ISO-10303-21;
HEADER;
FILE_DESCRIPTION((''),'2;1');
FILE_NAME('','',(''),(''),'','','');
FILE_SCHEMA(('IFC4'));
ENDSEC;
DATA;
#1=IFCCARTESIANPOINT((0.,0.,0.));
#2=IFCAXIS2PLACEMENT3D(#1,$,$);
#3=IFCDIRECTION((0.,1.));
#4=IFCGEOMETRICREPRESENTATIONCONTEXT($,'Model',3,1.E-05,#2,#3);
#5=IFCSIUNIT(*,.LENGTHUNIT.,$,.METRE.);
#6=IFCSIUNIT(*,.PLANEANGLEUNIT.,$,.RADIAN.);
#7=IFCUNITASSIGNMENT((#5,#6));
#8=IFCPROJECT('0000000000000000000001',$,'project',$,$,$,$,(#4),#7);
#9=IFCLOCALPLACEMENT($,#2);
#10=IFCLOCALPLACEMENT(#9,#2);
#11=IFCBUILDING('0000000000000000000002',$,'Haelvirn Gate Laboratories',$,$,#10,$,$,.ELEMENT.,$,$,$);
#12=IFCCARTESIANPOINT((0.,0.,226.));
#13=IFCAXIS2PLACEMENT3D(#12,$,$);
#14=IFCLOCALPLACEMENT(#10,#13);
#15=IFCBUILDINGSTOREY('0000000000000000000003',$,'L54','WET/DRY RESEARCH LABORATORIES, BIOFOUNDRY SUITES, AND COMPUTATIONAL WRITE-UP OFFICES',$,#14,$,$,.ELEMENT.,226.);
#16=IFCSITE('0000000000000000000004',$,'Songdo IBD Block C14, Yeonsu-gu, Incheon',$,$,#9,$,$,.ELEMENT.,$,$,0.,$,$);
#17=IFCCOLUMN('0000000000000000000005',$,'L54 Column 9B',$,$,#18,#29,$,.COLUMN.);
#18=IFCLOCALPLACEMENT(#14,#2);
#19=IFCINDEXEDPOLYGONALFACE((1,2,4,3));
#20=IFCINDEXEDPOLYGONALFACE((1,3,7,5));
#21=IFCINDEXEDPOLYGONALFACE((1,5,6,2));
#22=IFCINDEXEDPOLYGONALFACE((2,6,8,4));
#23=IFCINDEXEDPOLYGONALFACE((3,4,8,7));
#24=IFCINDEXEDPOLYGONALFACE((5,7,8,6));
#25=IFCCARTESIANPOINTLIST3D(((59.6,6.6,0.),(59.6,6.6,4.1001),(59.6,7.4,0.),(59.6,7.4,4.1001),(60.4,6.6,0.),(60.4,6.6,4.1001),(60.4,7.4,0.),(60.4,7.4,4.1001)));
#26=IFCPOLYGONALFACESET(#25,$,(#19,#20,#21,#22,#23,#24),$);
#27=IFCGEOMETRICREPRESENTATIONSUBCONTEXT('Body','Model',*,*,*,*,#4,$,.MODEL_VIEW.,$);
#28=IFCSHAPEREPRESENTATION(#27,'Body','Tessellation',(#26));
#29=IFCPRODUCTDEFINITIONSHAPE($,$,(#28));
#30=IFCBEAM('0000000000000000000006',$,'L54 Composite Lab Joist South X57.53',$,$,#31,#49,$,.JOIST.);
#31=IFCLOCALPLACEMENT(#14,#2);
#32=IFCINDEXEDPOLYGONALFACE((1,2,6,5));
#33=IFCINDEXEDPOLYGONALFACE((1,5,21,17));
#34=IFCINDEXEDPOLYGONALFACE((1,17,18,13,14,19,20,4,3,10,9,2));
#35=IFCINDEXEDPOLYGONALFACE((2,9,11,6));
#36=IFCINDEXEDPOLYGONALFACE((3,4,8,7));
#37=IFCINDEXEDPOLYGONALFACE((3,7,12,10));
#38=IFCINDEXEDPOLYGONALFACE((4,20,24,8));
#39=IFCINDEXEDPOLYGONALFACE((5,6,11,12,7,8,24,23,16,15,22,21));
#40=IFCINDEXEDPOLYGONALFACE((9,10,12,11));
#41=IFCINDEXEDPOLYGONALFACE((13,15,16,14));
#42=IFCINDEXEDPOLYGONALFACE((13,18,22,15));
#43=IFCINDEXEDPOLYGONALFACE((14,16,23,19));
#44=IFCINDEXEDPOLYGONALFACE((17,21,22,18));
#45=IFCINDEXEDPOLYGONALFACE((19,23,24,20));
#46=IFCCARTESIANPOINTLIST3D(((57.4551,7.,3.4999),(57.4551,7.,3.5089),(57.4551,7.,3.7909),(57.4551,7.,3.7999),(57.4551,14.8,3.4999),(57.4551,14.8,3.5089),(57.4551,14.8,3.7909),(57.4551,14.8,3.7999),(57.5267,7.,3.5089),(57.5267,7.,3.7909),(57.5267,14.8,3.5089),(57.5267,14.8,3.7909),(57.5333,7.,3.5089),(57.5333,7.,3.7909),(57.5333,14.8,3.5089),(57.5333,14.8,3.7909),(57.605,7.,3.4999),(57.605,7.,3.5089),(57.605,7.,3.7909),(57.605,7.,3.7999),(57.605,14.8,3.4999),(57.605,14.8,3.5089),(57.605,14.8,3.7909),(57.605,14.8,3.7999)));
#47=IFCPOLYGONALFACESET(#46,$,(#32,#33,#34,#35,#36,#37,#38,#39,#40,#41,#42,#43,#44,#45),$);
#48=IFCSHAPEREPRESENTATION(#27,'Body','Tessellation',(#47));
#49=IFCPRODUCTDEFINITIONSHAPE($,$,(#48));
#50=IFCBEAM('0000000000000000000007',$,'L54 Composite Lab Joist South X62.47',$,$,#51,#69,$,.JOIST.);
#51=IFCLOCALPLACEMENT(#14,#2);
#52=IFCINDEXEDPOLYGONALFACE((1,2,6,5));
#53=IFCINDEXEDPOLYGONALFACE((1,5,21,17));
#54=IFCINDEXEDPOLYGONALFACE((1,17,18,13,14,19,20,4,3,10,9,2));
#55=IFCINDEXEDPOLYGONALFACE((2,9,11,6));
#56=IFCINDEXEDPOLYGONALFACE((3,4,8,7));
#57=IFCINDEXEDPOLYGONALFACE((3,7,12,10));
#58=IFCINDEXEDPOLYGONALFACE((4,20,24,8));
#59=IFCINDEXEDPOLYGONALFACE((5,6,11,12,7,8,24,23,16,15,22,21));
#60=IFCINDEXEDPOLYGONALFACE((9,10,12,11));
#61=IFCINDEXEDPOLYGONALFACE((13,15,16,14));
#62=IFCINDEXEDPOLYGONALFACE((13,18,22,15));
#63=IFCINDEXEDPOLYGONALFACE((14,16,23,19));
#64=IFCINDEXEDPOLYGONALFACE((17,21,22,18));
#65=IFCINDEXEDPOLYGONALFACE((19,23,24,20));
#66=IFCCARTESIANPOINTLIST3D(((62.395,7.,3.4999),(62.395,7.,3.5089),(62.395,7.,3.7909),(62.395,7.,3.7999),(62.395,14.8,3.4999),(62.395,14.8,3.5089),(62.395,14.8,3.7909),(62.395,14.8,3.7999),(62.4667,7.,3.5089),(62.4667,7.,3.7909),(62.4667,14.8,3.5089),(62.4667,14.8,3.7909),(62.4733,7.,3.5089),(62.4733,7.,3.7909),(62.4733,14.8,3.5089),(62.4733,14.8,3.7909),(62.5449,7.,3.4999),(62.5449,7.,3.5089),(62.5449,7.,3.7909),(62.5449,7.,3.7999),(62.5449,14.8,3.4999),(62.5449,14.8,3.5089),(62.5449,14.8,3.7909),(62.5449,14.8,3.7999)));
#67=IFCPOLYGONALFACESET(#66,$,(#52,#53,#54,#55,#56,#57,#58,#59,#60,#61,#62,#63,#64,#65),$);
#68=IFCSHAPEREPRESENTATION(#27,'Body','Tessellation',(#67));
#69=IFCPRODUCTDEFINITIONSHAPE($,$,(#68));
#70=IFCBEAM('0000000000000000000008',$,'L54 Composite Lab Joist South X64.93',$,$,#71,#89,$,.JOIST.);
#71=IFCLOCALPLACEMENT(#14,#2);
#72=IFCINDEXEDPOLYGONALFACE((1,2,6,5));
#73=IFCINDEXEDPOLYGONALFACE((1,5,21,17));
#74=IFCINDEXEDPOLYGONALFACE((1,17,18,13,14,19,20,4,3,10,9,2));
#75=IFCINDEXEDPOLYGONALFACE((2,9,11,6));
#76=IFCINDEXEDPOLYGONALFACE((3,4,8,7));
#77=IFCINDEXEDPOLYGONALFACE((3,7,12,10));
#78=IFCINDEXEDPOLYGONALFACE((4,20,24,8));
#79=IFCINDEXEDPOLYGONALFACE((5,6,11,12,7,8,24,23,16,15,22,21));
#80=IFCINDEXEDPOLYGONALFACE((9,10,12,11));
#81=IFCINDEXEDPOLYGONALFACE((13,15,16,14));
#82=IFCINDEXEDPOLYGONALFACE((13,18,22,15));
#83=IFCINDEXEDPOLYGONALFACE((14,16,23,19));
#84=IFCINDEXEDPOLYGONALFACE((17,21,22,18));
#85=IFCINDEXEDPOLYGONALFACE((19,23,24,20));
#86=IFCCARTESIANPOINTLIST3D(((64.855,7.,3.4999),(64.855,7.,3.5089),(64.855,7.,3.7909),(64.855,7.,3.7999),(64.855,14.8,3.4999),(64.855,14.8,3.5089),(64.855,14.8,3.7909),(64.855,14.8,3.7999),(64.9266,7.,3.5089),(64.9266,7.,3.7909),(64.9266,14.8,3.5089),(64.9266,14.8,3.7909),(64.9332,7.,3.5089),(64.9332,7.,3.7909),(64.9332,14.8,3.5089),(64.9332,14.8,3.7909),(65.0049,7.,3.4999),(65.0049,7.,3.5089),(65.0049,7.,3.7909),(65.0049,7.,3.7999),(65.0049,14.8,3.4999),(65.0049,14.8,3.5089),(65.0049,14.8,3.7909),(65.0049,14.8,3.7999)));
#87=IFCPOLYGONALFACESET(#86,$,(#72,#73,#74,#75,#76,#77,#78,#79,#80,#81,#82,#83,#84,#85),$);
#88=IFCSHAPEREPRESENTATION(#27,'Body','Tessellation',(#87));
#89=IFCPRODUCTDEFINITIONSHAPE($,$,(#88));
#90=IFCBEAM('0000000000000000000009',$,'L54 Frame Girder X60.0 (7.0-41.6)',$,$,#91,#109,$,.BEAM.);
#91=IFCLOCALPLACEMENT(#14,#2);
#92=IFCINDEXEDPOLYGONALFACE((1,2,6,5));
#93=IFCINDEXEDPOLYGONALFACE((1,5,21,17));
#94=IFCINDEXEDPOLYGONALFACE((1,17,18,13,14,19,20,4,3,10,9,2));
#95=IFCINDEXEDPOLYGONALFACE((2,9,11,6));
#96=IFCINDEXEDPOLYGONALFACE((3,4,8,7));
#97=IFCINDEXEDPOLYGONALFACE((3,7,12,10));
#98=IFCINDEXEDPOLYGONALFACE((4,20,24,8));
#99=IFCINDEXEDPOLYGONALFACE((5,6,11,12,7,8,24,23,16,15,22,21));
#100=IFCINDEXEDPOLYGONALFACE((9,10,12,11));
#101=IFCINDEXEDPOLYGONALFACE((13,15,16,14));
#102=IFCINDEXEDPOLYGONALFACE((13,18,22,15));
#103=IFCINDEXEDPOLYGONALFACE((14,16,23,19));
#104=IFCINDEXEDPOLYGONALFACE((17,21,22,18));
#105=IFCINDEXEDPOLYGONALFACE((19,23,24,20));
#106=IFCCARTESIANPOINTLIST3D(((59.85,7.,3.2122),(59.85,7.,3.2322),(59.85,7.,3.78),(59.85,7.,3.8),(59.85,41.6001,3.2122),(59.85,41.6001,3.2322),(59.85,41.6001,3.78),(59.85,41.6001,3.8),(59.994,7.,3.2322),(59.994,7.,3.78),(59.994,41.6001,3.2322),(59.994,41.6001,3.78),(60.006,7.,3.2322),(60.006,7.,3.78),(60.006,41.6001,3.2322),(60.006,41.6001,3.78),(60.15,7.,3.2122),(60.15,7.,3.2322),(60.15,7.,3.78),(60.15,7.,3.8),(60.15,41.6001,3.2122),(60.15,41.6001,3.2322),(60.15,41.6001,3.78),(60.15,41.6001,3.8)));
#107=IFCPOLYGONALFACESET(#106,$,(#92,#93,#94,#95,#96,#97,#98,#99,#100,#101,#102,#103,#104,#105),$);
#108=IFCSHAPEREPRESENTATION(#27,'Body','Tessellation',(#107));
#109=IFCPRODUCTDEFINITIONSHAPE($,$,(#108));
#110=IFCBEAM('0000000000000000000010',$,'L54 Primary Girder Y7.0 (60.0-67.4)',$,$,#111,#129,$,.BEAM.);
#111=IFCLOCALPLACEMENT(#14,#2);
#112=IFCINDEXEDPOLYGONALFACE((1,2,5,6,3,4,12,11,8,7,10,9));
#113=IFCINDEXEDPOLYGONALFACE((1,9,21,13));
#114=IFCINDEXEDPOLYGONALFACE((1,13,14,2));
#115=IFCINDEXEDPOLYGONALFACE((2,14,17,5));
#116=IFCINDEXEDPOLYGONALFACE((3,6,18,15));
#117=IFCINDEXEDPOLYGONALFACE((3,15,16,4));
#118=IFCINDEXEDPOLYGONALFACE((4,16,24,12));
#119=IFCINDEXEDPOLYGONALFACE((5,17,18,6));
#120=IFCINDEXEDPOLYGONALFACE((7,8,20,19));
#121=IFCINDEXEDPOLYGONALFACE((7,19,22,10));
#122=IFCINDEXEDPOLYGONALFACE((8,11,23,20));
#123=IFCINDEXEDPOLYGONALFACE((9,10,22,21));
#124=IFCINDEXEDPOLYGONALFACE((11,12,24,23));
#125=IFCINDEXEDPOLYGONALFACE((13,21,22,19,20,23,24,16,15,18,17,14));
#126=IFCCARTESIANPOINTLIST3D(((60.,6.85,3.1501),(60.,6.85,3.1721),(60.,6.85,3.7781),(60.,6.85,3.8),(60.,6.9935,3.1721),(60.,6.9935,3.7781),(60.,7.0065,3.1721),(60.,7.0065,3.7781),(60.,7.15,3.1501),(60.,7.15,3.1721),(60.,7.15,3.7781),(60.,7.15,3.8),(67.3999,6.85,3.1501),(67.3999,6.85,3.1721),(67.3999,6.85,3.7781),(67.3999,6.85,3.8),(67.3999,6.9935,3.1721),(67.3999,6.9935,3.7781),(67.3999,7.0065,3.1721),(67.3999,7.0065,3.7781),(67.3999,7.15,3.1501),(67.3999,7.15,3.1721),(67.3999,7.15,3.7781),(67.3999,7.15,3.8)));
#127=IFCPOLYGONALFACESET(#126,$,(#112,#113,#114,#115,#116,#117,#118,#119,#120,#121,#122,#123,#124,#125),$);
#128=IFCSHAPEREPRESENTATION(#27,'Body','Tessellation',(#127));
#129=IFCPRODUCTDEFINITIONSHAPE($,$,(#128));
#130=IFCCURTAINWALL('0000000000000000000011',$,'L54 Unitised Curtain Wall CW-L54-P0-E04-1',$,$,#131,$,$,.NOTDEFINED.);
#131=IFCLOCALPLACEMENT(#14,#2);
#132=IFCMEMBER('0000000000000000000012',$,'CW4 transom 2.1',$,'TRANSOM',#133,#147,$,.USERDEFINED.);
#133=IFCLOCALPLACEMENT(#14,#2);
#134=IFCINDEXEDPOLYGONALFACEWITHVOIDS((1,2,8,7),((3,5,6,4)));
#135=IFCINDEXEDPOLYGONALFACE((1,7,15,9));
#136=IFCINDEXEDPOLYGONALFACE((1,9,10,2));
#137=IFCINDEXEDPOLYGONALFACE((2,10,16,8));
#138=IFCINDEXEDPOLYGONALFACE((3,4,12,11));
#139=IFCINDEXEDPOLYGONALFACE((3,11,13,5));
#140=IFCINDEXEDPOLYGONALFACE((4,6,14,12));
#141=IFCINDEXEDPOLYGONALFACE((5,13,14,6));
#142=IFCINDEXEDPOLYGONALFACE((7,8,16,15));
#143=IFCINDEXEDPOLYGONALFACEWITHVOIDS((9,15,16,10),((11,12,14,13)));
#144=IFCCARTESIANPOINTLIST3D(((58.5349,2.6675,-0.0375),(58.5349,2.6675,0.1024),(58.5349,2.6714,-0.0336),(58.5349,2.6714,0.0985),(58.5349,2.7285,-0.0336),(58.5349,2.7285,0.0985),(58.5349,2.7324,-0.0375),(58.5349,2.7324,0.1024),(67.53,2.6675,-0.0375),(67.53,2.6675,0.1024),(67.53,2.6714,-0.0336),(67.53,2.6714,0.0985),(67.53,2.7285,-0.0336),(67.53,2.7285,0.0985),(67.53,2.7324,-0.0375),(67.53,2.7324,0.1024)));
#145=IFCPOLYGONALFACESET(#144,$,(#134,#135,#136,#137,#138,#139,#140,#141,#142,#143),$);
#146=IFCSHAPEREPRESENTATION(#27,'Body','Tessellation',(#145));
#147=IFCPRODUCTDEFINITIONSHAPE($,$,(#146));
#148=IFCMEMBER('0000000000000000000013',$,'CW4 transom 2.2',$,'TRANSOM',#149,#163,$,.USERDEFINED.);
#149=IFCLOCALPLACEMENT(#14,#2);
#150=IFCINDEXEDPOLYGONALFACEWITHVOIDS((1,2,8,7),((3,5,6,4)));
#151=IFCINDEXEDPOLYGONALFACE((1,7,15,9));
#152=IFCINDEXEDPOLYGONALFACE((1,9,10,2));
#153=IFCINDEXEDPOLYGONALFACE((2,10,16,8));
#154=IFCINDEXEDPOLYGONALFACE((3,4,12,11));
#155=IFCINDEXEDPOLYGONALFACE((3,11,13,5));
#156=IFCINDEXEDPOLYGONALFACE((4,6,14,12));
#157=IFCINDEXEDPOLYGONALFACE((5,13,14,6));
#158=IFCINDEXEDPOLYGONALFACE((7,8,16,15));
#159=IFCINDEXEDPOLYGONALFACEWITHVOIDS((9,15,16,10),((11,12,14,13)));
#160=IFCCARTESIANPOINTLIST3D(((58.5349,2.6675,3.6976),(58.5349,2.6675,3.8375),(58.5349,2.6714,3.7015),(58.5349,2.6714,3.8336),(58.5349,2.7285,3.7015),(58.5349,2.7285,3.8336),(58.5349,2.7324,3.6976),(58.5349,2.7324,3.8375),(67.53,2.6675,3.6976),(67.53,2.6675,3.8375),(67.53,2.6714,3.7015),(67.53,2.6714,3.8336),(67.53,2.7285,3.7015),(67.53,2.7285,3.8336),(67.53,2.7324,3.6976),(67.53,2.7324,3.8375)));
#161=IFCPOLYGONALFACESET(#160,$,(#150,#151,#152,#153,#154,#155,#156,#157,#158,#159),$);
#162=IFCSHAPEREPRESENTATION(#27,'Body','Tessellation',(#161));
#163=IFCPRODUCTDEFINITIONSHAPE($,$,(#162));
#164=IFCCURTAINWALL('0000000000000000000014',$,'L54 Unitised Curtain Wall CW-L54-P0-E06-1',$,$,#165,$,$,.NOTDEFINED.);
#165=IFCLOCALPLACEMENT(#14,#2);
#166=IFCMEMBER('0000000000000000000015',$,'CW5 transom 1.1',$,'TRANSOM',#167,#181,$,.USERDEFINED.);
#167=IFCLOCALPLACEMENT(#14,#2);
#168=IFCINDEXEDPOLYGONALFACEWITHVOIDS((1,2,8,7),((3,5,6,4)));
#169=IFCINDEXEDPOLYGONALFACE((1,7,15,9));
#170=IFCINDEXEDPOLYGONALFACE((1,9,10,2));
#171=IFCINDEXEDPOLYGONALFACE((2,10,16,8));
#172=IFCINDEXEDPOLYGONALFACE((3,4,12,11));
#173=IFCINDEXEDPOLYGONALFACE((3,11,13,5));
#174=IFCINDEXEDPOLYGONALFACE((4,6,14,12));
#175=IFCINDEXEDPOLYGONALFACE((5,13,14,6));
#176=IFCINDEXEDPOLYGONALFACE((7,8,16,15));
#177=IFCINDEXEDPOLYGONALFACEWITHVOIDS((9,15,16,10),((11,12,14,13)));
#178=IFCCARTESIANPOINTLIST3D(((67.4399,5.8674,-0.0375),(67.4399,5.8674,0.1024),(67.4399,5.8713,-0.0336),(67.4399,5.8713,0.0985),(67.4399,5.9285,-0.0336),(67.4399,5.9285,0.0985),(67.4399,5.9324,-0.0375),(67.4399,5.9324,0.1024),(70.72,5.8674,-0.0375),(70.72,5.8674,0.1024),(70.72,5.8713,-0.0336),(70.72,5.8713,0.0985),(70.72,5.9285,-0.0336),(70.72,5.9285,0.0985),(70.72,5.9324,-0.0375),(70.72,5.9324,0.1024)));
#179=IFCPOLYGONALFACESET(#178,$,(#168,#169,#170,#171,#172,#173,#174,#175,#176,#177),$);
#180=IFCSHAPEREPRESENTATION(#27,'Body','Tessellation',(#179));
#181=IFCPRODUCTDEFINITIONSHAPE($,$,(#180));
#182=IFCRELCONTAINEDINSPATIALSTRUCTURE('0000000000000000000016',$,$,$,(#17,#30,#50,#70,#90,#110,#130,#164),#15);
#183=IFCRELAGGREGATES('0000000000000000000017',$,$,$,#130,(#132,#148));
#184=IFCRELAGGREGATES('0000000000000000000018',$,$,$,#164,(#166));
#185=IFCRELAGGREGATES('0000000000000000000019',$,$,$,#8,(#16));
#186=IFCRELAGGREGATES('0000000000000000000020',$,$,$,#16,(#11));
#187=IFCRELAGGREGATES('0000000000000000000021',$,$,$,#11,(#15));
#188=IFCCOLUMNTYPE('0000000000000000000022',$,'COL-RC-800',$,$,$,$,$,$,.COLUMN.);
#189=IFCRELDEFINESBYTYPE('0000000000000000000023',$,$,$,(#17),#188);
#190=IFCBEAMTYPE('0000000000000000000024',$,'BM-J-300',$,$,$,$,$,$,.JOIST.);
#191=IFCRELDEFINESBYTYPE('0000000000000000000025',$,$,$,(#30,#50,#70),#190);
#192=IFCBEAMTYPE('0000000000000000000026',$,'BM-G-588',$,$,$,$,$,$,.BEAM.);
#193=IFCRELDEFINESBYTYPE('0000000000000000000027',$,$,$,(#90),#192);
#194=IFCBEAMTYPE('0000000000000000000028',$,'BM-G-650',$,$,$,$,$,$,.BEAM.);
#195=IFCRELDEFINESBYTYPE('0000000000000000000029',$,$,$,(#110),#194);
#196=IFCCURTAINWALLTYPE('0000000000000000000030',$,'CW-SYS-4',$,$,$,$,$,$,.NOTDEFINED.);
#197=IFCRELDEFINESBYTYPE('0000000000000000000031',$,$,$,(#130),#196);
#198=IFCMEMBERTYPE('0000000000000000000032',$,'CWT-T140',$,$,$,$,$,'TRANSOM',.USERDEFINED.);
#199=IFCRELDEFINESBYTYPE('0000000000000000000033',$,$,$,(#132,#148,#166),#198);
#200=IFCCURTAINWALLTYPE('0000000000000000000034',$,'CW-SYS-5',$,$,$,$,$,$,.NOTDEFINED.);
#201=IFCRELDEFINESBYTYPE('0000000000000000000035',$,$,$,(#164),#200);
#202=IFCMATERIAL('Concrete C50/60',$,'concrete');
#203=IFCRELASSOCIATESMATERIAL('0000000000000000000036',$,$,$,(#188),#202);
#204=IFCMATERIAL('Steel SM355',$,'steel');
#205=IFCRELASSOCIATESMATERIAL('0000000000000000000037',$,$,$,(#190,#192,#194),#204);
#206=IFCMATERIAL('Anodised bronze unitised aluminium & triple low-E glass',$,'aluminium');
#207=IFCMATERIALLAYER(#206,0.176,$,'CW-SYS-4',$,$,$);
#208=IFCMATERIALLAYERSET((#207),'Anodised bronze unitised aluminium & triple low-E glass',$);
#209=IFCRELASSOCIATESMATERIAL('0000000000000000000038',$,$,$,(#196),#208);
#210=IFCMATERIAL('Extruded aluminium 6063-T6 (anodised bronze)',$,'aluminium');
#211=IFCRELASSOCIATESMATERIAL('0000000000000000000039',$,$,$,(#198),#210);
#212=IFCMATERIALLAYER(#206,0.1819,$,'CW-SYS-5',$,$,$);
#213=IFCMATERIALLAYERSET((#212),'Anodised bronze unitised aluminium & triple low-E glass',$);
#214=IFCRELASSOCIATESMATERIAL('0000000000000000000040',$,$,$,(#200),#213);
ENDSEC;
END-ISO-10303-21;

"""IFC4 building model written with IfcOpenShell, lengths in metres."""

from ifc_helpers import new_model, si_unit, direction, frame, origin, origin_2d, place, context, subcontext, project, spatial, rectangle, hollow_rectangle, i_section, extrude, source, transform, mapped, material, layer, layer_set, material_profile, profile_set, type_object, type_shapes, element, aggregate, save


model = new_model("IFC4")

# Units and contexts
model_context = context("Model", 3, precision=1e-05, world=origin(), true_north=direction((0.0, 1.0)))
body_context = subcontext(model_context, "Body", "Model", "MODEL_VIEW")
ifc_project = project(units=[si_unit("LENGTHUNIT", "METRE"), si_unit("PLANEANGLEUNIT", "RADIAN")], contexts=[model_context])

# Site, building, storey
site_placement = place(None, origin())
site = spatial("IfcSite", under=ifc_project, at=site_placement, Name="Songdo IBD Block C14, Yeonsu-gu, Incheon", CompositionType="ELEMENT", RefElevation=0.0)
building_placement = place(site_placement, origin())
building = spatial("IfcBuilding", under=site, at=building_placement, Name="Haelvirn Gate Laboratories", CompositionType="ELEMENT")
storey_placement = place(building_placement, frame((0.0, 0.0, 226.0)))
storey = spatial("IfcBuildingStorey", under=building, at=storey_placement, Name="L54", Description="WET/DRY RESEARCH LABORATORIES, BIOFOUNDRY SUITES, AND COMPUTATIONAL WRITE-UP OFFICES", CompositionType="ELEMENT", Elevation=226.0)

# Column
ifc_material_1 = material(Name="Concrete C50/60", Category="concrete")
ifc_material_profile_1 = material_profile(ifc_material_1, rectangle(XDim=0.8, YDim=0.8, at=origin_2d()), Name="RC-800x800")
ifc_profile_set_1 = profile_set([ifc_material_profile_1], Name="Concrete C50/60")
column_type = type_object("IfcColumnType", Name="COL-RC-800", PredefinedType="COLUMN", material=ifc_profile_set_1)
shared_shape_1 = source(origin(), body_context, "Body", "SweptSolid", [
    extrude(rectangle(XDim=0.8, YDim=0.8, at=origin_2d()), origin(), (0.0, 0.0, 1.0), 4.1001),
])
type_shapes(column_type, [shared_shape_1])
column_placement = place(storey_placement, frame((60.0, 7.0, 0.0), z_axis=(0.0, 0.0, 1.0), x_axis=(1.0, 0.0, 0.0)))
element("IfcColumn", 1, at=column_placement, inside=storey, type_object=column_type, Name="L54 Column 9B", PredefinedType="COLUMN", context=body_context, shape_type="MappedRepresentation", body=[
    mapped(shared_shape_1, transform((0.0, 0.0, 0.0), scale=1.0)),
])

# Beams
ifc_material_2 = material(Name="Steel SM355", Category="steel")
ifc_material_profile_2 = material_profile(ifc_material_2, i_section(OverallWidth=0.1499, OverallDepth=0.3, WebThickness=0.0066, FlangeThickness=0.009, at=origin_2d()), Name="H-300x150x6.5x9")
ifc_profile_set_2 = profile_set([ifc_material_profile_2], Name="Steel SM355")
beam_type_1 = type_object("IfcBeamType", Name="BM-J-300", PredefinedType="JOIST", material=ifc_profile_set_2)
shared_shape_2 = source(origin(), body_context, "Body", "SweptSolid", [
    extrude(i_section(OverallWidth=0.1499, OverallDepth=0.3, WebThickness=0.0066, FlangeThickness=0.009, at=origin_2d()), origin(), (0.0, 0.0, 1.0), 7.8),
])
type_shapes(beam_type_1, [shared_shape_2])
for number, where, z_axis, x_axis, name in (
    (2, (57.53, 7.0, 3.6499), (0.0, 1.0, 0.0), (-1.0, 0.0, 0.0), "L54 Composite Lab Joist South X57.53"),
    (3, (62.47, 7.0, 3.6499), (0.0, 1.0, 0.0), (-1.0, 0.0, 0.0), "L54 Composite Lab Joist South X62.47"),
    (4, (64.9299, 7.0, 3.6499), (0.0, 1.0, 0.0), (-1.0, 0.0, 0.0), "L54 Composite Lab Joist South X64.93"),
):
    element("IfcBeam", number, at=place(storey_placement, frame(where, z_axis=z_axis, x_axis=x_axis)), inside=storey, type_object=beam_type_1, Name=name, PredefinedType="JOIST", context=body_context, shape_type="MappedRepresentation", body=[
        mapped(shared_shape_2, transform((0.0, 0.0, 0.0), scale=1.0)),
    ])
ifc_material_profile_3 = material_profile(ifc_material_2, i_section(OverallWidth=0.3, OverallDepth=0.5879, WebThickness=0.012, FlangeThickness=0.02, at=origin_2d()), Name="H-588x300x12x20")
ifc_profile_set_3 = profile_set([ifc_material_profile_3], Name="Steel SM355")
beam_type_2 = type_object("IfcBeamType", Name="BM-G-588", PredefinedType="BEAM", material=ifc_profile_set_3)
shared_shape_3 = source(origin(), body_context, "Body", "SweptSolid", [
    extrude(i_section(OverallWidth=0.3, OverallDepth=0.5879, WebThickness=0.012, FlangeThickness=0.02, at=origin_2d()), origin(), (0.0, 0.0, 1.0), 34.6001),
])
type_shapes(beam_type_2, [shared_shape_3])
beam_1_placement = place(storey_placement, frame((60.0, 7.0, 3.5061), z_axis=(0.0, 1.0, 0.0), x_axis=(-1.0, 0.0, 0.0)))
element("IfcBeam", 5, at=beam_1_placement, inside=storey, type_object=beam_type_2, Name="L54 Frame Girder X60.0 (7.0-41.6)", PredefinedType="BEAM", context=body_context, shape_type="MappedRepresentation", body=[
    mapped(shared_shape_3, transform((0.0, 0.0, 0.0), scale=1.0)),
])
ifc_material_profile_4 = material_profile(ifc_material_2, i_section(OverallWidth=0.3, OverallDepth=0.6499, WebThickness=0.0129, FlangeThickness=0.022, at=origin_2d()), Name="H-650x300x13x22")
ifc_profile_set_4 = profile_set([ifc_material_profile_4], Name="Steel SM355")
beam_type_3 = type_object("IfcBeamType", Name="BM-G-650", PredefinedType="BEAM", material=ifc_profile_set_4)
shared_shape_4 = source(origin(), body_context, "Body", "SweptSolid", [
    extrude(i_section(OverallWidth=0.3, OverallDepth=0.6499, WebThickness=0.0129, FlangeThickness=0.022, at=origin_2d()), origin(), (0.0, 0.0, 1.0), 7.3999),
])
type_shapes(beam_type_3, [shared_shape_4])
beam_2_placement = place(storey_placement, frame((60.0, 7.0, 3.4751), z_axis=(1.0, 0.0, 0.0), x_axis=(0.0, 1.0, 0.0)))
element("IfcBeam", 6, at=beam_2_placement, inside=storey, type_object=beam_type_3, Name="L54 Primary Girder Y7.0 (60.0-67.4)", PredefinedType="BEAM", context=body_context, shape_type="MappedRepresentation", body=[
    mapped(shared_shape_4, transform((0.0, 0.0, 0.0), scale=1.0)),
])

# Curtain walls, members
ifc_material_3 = material(Name="Anodised bronze unitised aluminium & triple low-E glass", Category="aluminium")
ifc_layer_1 = layer(ifc_material_3, 0.176, Name="CW-SYS-4")
ifc_layer_set_1 = layer_set([ifc_layer_1], Name="Anodised bronze unitised aluminium & triple low-E glass")
curtain_wall_type_1 = type_object("IfcCurtainWallType", Name="CW-SYS-4", PredefinedType="NOTDEFINED", material=ifc_layer_set_1)
curtain_wall_1_placement = place(storey_placement, origin())
curtain_wall_1 = element("IfcCurtainWall", 7, at=curtain_wall_1_placement, inside=storey, type_object=curtain_wall_type_1, Name="L54 Unitised Curtain Wall CW-L54-P0-E04-1", PredefinedType="NOTDEFINED")
ifc_material_4 = material(Name="Extruded aluminium 6063-T6 (anodised bronze)", Category="aluminium")
ifc_material_profile_5 = material_profile(ifc_material_4, hollow_rectangle(XDim=0.0649, YDim=0.1399, WallThickness=0.0039, at=origin_2d()), Name="CWT-140x65x4")
ifc_profile_set_5 = profile_set([ifc_material_profile_5], Name="Extruded aluminium 6063-T6 (anodised bronze)")
member_type_1 = type_object("IfcMemberType", Name="CWT-T140", ElementType="TRANSOM", PredefinedType="USERDEFINED", material=ifc_profile_set_5)
shared_shape_5 = source(origin(), body_context, "Body", "SweptSolid", [
    extrude(hollow_rectangle(XDim=0.0649, YDim=0.1399, WallThickness=0.0039, at=origin_2d()), origin(), (0.0, 0.0, 1.0), 8.9951),
])
member_1_placement = place(storey_placement, frame((58.5349, 2.7, 0.0325), z_axis=(1.0, 0.0, 0.0), x_axis=(0.0, 1.0, 0.0)))
member_1 = element("IfcMember", 8, at=member_1_placement, type_object=member_type_1, Name="CW4 transom 2.1", ObjectType="TRANSOM", PredefinedType="USERDEFINED", context=body_context, shape_type="MappedRepresentation", body=[
    mapped(shared_shape_5, transform((0.0, 0.0, 0.0), scale=1.0)),
])
member_2_placement = place(storey_placement, frame((58.5349, 2.7, 3.7676), z_axis=(1.0, 0.0, 0.0), x_axis=(0.0, 1.0, 0.0)))
member_2 = element("IfcMember", 9, at=member_2_placement, type_object=member_type_1, Name="CW4 transom 2.2", ObjectType="TRANSOM", PredefinedType="USERDEFINED", context=body_context, shape_type="MappedRepresentation", body=[
    mapped(shared_shape_5, transform((0.0, 0.0, 0.0), scale=1.0)),
])
ifc_layer_2 = layer(ifc_material_3, 0.1819, Name="CW-SYS-5")
ifc_layer_set_2 = layer_set([ifc_layer_2], Name="Anodised bronze unitised aluminium & triple low-E glass")
curtain_wall_type_2 = type_object("IfcCurtainWallType", Name="CW-SYS-5", PredefinedType="NOTDEFINED", material=ifc_layer_set_2)
curtain_wall_2_placement = place(storey_placement, origin())
curtain_wall_2 = element("IfcCurtainWall", 10, at=curtain_wall_2_placement, inside=storey, type_object=curtain_wall_type_2, Name="L54 Unitised Curtain Wall CW-L54-P0-E06-1", PredefinedType="NOTDEFINED")
shared_shape_6 = source(origin(), body_context, "Body", "SweptSolid", [
    extrude(hollow_rectangle(XDim=0.0649, YDim=0.1399, WallThickness=0.0039, at=origin_2d()), origin(), (0.0, 0.0, 1.0), 3.28),
])
member_3_placement = place(storey_placement, frame((67.4399, 5.8999, 0.0325), z_axis=(1.0, 0.0, 0.0), x_axis=(0.0, 1.0, 0.0)))
member_3 = element("IfcMember", 11, at=member_3_placement, type_object=member_type_1, Name="CW5 transom 1.1", ObjectType="TRANSOM", PredefinedType="USERDEFINED", context=body_context, shape_type="MappedRepresentation", body=[
    mapped(shared_shape_6, transform((0.0, 0.0, 0.0), scale=1.0)),
])

aggregate(curtain_wall_1, [member_1, member_2])
aggregate(curtain_wall_2, [member_3])

save(model, "model.ifc")
